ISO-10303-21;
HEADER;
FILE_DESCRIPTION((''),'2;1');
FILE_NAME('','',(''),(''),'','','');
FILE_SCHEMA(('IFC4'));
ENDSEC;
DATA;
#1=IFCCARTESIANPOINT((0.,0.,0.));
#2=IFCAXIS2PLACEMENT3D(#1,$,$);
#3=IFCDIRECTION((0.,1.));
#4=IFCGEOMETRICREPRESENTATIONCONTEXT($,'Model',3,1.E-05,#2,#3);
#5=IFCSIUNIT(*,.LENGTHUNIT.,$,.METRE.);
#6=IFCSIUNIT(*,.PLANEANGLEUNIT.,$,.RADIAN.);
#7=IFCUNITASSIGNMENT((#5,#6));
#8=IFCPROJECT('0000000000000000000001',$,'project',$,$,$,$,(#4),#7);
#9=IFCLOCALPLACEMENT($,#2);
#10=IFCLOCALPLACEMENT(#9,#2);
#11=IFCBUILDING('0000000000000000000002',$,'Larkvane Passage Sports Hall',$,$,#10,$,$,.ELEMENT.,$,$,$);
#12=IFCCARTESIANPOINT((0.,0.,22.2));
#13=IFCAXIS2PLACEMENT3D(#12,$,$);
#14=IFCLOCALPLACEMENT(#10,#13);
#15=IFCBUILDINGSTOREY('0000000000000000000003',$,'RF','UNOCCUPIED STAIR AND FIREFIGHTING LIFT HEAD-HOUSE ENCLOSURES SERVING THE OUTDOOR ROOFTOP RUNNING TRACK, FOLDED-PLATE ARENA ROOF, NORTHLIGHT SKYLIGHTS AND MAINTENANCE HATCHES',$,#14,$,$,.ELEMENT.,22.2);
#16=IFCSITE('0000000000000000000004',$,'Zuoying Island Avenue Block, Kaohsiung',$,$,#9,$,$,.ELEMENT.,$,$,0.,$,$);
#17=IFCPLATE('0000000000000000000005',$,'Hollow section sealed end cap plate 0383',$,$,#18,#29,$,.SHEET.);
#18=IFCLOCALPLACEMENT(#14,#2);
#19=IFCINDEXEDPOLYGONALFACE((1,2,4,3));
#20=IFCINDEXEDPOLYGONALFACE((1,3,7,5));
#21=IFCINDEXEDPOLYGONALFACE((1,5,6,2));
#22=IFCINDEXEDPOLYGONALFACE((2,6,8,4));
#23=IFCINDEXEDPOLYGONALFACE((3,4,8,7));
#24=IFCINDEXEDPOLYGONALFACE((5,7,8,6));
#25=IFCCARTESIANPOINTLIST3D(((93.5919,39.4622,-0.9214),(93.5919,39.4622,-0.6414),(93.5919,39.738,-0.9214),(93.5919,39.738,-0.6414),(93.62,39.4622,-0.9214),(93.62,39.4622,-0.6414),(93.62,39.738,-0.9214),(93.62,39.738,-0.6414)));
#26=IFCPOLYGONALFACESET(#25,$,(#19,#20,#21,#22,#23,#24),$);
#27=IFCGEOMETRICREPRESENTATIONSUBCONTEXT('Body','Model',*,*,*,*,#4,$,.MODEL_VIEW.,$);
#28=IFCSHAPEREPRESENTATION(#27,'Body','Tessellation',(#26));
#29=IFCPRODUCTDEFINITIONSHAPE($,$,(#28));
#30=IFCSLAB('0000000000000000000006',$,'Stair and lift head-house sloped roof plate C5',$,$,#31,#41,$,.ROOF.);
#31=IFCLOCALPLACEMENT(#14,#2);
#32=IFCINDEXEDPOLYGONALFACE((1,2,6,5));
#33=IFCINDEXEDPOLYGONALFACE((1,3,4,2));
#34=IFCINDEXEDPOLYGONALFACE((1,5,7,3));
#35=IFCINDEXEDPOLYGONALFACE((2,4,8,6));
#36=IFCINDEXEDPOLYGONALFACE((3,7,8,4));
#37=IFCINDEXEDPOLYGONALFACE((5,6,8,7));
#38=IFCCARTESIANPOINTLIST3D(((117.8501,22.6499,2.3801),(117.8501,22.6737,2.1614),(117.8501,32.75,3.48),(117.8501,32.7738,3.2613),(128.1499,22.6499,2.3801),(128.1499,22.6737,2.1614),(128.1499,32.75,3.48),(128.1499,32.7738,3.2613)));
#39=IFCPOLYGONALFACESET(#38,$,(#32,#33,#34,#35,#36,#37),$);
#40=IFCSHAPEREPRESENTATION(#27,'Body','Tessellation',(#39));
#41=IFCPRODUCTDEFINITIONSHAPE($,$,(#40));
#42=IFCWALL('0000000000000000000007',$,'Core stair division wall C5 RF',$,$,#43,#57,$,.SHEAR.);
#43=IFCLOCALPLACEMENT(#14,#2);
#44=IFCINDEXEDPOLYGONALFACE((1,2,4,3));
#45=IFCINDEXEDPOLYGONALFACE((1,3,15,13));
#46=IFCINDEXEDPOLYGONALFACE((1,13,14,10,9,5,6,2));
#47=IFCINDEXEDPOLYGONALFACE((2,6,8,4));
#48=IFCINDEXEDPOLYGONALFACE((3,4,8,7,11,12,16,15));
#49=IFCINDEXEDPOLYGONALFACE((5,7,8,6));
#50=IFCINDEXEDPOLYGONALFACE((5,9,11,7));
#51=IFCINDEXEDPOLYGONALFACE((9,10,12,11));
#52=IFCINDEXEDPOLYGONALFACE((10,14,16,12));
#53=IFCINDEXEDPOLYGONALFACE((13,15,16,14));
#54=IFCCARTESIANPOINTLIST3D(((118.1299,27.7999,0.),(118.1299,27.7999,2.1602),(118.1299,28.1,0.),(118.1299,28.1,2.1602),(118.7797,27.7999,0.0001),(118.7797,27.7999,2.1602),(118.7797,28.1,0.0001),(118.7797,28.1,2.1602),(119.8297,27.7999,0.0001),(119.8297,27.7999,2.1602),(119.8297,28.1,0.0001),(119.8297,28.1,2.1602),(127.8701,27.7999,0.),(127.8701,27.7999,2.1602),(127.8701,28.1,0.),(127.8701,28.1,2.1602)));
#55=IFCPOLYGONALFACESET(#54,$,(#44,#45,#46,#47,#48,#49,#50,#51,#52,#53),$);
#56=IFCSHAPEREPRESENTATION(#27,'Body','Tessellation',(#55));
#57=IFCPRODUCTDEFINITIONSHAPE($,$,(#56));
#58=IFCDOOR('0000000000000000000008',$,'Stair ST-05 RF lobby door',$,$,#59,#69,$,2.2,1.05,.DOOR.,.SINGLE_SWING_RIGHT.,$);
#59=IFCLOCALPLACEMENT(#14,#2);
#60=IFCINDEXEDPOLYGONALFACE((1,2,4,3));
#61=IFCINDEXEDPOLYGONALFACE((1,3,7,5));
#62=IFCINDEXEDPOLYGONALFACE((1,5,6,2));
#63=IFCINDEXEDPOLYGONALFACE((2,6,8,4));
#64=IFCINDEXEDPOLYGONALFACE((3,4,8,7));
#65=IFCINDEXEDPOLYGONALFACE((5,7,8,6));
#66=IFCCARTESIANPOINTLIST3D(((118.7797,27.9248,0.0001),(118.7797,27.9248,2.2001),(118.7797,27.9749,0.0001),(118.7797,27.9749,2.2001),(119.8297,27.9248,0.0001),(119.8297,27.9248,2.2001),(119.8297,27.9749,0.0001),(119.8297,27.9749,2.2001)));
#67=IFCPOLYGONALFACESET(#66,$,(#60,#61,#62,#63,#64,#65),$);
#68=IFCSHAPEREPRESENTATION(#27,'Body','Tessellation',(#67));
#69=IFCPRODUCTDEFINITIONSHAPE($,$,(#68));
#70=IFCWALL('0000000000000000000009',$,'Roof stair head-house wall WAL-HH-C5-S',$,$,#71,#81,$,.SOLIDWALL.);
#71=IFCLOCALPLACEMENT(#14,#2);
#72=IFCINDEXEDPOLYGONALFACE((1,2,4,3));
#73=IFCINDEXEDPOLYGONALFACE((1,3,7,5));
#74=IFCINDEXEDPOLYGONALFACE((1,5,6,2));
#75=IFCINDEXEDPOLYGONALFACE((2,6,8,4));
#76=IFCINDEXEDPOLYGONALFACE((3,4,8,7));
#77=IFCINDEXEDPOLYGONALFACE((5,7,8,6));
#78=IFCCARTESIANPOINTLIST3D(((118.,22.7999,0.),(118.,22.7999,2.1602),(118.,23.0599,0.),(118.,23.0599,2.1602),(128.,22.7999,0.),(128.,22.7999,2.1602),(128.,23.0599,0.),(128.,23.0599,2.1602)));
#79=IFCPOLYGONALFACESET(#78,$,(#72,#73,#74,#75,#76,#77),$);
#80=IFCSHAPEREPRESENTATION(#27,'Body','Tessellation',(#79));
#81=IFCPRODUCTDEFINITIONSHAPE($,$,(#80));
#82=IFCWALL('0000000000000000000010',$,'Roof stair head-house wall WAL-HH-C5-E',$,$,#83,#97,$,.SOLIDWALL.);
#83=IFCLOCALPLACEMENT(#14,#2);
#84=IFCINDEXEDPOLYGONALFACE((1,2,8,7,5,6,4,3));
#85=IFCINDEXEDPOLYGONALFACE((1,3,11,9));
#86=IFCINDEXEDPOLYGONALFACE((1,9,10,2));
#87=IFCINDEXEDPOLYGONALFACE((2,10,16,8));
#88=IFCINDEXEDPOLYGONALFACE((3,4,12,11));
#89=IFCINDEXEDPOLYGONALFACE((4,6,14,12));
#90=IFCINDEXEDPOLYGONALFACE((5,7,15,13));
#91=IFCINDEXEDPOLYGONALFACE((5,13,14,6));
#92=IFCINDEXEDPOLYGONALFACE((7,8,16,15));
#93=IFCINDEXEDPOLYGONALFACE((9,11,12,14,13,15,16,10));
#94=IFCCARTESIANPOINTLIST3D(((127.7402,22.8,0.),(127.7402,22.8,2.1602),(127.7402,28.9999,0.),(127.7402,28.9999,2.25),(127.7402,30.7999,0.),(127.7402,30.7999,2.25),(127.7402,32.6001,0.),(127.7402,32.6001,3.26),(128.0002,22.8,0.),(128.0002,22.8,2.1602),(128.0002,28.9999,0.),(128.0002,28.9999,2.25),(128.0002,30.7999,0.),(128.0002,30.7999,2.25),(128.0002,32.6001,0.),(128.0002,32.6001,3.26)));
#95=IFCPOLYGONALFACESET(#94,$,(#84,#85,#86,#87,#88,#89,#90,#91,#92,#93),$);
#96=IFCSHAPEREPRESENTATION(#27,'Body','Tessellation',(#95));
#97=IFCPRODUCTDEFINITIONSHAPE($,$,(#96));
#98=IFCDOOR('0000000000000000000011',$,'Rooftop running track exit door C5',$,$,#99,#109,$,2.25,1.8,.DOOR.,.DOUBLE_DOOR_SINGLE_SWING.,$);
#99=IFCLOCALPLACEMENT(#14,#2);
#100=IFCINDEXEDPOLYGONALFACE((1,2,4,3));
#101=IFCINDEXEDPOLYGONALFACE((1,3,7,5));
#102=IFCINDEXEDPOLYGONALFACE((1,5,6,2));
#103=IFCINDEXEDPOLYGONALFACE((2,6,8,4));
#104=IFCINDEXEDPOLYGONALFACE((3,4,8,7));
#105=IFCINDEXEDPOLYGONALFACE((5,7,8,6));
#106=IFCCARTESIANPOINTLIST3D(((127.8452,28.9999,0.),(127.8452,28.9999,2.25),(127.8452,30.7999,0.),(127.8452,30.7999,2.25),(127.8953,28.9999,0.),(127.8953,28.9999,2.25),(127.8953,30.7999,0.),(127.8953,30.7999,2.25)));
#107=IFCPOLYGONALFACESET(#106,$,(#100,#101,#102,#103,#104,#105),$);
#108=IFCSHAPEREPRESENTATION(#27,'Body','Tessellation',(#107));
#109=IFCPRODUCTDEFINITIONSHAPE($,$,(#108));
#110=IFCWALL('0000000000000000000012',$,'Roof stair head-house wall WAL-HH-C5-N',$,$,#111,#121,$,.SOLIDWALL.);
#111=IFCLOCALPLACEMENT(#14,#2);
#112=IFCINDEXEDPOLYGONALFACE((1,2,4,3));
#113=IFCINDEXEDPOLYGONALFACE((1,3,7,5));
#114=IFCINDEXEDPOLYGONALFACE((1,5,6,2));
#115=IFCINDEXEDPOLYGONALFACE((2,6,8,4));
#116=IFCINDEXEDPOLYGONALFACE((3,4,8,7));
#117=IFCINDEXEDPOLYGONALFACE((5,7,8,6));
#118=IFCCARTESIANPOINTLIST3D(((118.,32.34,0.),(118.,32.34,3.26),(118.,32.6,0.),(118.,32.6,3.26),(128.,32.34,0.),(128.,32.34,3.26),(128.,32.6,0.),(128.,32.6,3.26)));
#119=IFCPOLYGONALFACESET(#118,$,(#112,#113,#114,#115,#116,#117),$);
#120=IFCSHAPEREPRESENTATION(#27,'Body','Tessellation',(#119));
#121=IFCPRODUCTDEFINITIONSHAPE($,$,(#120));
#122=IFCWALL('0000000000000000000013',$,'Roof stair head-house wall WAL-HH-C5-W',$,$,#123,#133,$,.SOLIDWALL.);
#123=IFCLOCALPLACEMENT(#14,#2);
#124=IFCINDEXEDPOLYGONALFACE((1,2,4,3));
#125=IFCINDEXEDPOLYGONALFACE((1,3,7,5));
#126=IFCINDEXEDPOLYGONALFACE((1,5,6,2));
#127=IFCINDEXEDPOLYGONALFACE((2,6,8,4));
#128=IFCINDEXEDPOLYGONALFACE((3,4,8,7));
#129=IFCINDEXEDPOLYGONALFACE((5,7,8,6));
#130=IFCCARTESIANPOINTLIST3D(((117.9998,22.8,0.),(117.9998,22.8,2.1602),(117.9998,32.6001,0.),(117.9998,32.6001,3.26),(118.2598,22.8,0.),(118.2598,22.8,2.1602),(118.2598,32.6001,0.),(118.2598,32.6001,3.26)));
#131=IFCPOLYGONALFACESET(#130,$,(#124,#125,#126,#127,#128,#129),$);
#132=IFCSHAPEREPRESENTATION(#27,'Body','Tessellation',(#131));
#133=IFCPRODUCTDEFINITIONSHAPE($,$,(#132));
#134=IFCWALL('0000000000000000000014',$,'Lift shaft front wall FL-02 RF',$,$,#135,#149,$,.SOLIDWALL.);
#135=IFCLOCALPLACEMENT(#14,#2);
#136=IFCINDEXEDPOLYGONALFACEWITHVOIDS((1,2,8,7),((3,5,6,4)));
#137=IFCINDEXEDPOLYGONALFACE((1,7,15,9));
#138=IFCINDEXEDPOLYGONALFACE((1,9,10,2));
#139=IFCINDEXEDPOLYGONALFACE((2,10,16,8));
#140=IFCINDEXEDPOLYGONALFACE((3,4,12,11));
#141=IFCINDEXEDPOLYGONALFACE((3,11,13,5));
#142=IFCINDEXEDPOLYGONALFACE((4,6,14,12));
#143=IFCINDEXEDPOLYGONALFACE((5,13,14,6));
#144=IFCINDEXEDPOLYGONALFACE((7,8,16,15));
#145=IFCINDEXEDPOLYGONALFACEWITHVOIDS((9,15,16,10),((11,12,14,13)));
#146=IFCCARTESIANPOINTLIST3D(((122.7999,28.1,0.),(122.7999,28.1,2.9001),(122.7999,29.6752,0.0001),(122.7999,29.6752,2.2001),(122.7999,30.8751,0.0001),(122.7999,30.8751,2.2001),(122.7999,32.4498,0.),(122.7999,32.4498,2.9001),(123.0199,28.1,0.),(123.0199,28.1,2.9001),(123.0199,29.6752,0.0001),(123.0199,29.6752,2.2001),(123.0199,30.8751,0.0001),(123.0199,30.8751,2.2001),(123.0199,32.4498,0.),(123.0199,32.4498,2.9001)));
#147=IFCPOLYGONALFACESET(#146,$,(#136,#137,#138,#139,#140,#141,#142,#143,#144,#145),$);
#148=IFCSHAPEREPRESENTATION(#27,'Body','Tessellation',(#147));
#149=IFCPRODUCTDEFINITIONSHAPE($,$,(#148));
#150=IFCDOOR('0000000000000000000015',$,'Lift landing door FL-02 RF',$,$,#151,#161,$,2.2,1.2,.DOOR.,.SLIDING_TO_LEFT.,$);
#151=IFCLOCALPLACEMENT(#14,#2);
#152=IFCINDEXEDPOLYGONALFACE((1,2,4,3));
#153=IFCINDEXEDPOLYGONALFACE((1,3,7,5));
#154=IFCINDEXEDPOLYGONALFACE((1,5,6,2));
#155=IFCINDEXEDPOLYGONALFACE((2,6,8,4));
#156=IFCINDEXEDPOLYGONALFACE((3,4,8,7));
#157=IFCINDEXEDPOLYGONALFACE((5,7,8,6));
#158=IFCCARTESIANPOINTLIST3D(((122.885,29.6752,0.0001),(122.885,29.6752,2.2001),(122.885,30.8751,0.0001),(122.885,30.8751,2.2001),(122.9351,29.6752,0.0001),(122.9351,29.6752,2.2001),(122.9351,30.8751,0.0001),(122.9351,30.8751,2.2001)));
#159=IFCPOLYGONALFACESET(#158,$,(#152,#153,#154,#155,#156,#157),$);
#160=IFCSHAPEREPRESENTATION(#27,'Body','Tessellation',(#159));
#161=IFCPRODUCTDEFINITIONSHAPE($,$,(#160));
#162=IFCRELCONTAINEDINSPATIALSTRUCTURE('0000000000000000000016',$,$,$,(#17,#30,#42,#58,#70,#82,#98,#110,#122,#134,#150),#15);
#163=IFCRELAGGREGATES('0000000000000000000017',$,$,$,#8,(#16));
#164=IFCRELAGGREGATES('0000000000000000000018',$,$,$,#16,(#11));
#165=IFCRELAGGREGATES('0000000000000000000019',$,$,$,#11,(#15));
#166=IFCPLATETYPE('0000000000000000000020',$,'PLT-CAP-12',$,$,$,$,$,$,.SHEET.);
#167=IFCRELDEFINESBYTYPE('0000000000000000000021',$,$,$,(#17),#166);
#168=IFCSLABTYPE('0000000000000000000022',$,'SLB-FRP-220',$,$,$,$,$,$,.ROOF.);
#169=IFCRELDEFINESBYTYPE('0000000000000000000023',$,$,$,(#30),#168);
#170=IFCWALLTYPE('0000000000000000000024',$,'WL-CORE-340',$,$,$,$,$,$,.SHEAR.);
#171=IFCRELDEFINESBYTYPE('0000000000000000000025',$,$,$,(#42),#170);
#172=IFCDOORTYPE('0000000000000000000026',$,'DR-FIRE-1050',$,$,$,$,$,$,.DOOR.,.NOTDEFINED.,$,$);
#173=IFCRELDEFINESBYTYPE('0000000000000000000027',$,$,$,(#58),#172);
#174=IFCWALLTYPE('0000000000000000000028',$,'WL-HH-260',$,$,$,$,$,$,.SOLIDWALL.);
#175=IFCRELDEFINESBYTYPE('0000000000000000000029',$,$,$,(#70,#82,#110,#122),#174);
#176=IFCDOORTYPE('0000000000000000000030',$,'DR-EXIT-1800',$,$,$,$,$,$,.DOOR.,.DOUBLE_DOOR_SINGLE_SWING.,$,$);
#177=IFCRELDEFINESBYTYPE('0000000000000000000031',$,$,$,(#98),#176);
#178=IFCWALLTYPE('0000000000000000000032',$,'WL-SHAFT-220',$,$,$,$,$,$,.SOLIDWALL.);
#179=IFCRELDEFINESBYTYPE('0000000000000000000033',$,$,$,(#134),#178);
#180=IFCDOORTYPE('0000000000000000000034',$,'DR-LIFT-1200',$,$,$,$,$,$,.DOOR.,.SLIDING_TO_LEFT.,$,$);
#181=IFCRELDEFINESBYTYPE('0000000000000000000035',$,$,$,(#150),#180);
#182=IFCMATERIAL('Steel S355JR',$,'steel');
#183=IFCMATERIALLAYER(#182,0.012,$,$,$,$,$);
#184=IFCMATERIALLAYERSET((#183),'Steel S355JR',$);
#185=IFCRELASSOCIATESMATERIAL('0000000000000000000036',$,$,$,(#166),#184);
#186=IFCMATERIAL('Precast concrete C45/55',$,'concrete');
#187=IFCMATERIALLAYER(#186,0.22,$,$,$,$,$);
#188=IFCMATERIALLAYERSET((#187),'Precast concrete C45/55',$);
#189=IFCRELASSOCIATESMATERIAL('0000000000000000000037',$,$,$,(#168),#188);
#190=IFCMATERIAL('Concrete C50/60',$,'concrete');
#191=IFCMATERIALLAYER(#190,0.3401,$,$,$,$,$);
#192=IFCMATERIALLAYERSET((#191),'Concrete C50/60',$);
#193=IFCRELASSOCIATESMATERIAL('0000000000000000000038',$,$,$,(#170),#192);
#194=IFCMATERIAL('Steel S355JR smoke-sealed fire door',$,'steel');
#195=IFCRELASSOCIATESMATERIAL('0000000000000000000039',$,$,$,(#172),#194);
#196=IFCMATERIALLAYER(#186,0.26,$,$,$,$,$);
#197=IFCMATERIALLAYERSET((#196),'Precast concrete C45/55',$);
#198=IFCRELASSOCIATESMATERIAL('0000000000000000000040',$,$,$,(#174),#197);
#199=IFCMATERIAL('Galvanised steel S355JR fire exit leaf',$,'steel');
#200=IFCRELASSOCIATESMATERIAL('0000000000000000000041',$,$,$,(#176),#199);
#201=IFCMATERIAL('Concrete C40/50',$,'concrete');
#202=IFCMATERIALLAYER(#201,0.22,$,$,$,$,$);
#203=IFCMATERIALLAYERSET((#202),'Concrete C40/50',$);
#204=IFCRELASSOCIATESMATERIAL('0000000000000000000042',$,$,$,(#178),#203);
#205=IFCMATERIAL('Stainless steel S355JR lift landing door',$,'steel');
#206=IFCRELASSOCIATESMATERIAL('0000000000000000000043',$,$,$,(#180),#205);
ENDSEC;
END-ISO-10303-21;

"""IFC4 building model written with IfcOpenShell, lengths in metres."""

from ifc_helpers import new_model, si_unit, direction, frame, frame_2d, origin, origin_2d, place, context, subcontext, project, spatial, polyline, rectangle, outline, extrude, material, layer, layer_set, type_object, element, fill, save


model = new_model("IFC4")

# Units and contexts
model_context = context("Model", 3, precision=1e-05, world=origin(), true_north=direction((0.0, 1.0)))
body_context = subcontext(model_context, "Body", "Model", "MODEL_VIEW")
ifc_project = project(units=[si_unit("LENGTHUNIT", "METRE"), si_unit("PLANEANGLEUNIT", "RADIAN")], contexts=[model_context])

# Site, building, storey
site_placement = place(None, origin())
site = spatial("IfcSite", under=ifc_project, at=site_placement, Name="Zuoying Island Avenue Block, Kaohsiung", CompositionType="ELEMENT", RefElevation=0.0)
building_placement = place(site_placement, origin())
building = spatial("IfcBuilding", under=site, at=building_placement, Name="Larkvane Passage Sports Hall", CompositionType="ELEMENT")
storey_placement = place(building_placement, frame((0.0, 0.0, 22.2)))
storey = spatial("IfcBuildingStorey", under=building, at=storey_placement, Name="RF", Description="UNOCCUPIED STAIR AND FIREFIGHTING LIFT HEAD-HOUSE ENCLOSURES SERVING THE OUTDOOR ROOFTOP RUNNING TRACK, FOLDED-PLATE ARENA ROOF, NORTHLIGHT SKYLIGHTS AND MAINTENANCE HATCHES", CompositionType="ELEMENT", Elevation=22.2)

# Shared definitions
ifc_material_1 = material(Name="Steel S355JR", Category="steel")

# Plate
ifc_layer_1 = layer(ifc_material_1, 0.012)
ifc_layer_set_1 = layer_set([ifc_layer_1], Name="Steel S355JR")
plate_type = type_object("IfcPlateType", Name="PLT-CAP-12", PredefinedType="SHEET", material=ifc_layer_set_1)
plate_placement = place(storey_placement, frame((93.606, 39.6001, -0.9214), z_axis=(0.0, 0.0, 1.0), x_axis=(0.0, 1.0, 0.0)))
element("IfcPlate", 1, at=plate_placement, inside=storey, type_object=plate_type, Name="Hollow section sealed end cap plate 0383", PredefinedType="SHEET", context=body_context, shape_type="SweptSolid", body=[
    extrude(rectangle(XDim=0.2759, YDim=0.0281, at=origin_2d()), origin(), (0.0, 0.0, 1.0), 0.28),
])

# Slab
ifc_material_2 = material(Name="Precast concrete C45/55", Category="concrete")
ifc_layer_2 = layer(ifc_material_2, 0.22)
ifc_layer_set_2 = layer_set([ifc_layer_2], Name="Precast concrete C45/55")
slab_type = type_object("IfcSlabType", Name="SLB-FRP-220", PredefinedType="ROOF", material=ifc_layer_set_2)
slab_placement = place(storey_placement, frame((117.8501, 22.6499, 2.3801), z_axis=(0.0, -0.108255, 0.994123), x_axis=(1.0, 0.0, 0.0)))
element("IfcSlab", 2, at=slab_placement, inside=storey, type_object=slab_type, Name="Stair and lift head-house sloped roof plate C5", PredefinedType="ROOF", context=body_context, shape_type="SweptSolid", body=[
    extrude(outline(polyline([(0.0, 0.0), (10.2998, 0.0), (10.2998, 10.1598), (0.0, 10.1598), (0.0, 0.0)])), origin(), (0.0, 0.0, -1.0), 0.22),
])

# Wall, opening, door
ifc_material_3 = material(Name="Concrete C50/60", Category="concrete")
ifc_layer_3 = layer(ifc_material_3, 0.3401)
ifc_layer_set_3 = layer_set([ifc_layer_3], Name="Concrete C50/60")
wall_type_1 = type_object("IfcWallType", Name="WL-CORE-340", PredefinedType="SHEAR", material=ifc_layer_set_3)
wall_1_placement = place(storey_placement, frame((118.1299, 27.95, 0.0), z_axis=(0.0, 0.0, 1.0), x_axis=(1.0, 0.0, 0.0)))
wall_1 = element("IfcWall", 3, at=wall_1_placement, inside=storey, type_object=wall_type_1, Name="Core stair division wall C5 RF", PredefinedType="SHEAR", context=body_context, shape_type="SweptSolid", body=[
    extrude(rectangle(XDim=9.7402, YDim=0.3, at=frame_2d((4.8701, 0.0))), origin(), (0.0, 0.0, 1.0), 2.1602),
])
opening_1_placement = place(wall_1_placement, frame((0.6499, 0.0, 0.0)))
opening_1 = element("IfcOpeningElement", 4, at=opening_1_placement, cuts=wall_1, PredefinedType="OPENING", context=body_context, shape_type="SweptSolid", body=[
    extrude(rectangle(XDim=1.05, YDim=2.2, at=frame_2d((0.5249, 1.1001))), frame((0.0, 0.1599, 0.0), z_axis=(0.0, -1.0, 0.0), x_axis=(1.0, 0.0, 0.0)), (0.0, 0.0, 1.0), 0.3201),
])
ifc_material_4 = material(Name="Steel S355JR smoke-sealed fire door", Category="steel")
door_type_1 = type_object("IfcDoorType", Name="DR-FIRE-1050", OperationType="NOTDEFINED", PredefinedType="DOOR", material=ifc_material_4)
door_1_placement = place(opening_1_placement, origin())
door_1 = element("IfcDoor", 5, at=door_1_placement, inside=storey, type_object=door_type_1, Name="Stair ST-05 RF lobby door", OperationType="SINGLE_SWING_RIGHT", OverallHeight=2.2, OverallWidth=1.05, PredefinedType="DOOR", context=body_context, shape_type="SweptSolid", body=[
    extrude(rectangle(XDim=1.05, YDim=2.2, at=frame_2d((0.5249, 1.1001))), frame((0.0, 0.0249, 0.0), z_axis=(0.0, -1.0, 0.0), x_axis=(1.0, 0.0, 0.0)), (0.0, 0.0, 1.0), 0.05),
])
fill(opening_1, door_1)

# Wall
ifc_layer_4 = layer(ifc_material_2, 0.26)
ifc_layer_set_4 = layer_set([ifc_layer_4], Name="Precast concrete C45/55")
wall_type_2 = type_object("IfcWallType", Name="WL-HH-260", PredefinedType="SOLIDWALL", material=ifc_layer_set_4)
wall_2_placement = place(storey_placement, frame((118.0, 22.9299, 0.0), z_axis=(0.0, 0.0, 1.0), x_axis=(1.0, 0.0, 0.0)))
element("IfcWall", 6, at=wall_2_placement, inside=storey, type_object=wall_type_2, Name="Roof stair head-house wall WAL-HH-C5-S", PredefinedType="SOLIDWALL", context=body_context, shape_type="SweptSolid", body=[
    extrude(rectangle(XDim=10.0, YDim=0.26, at=frame_2d((5.0, 0.0))), origin(), (0.0, 0.0, 1.0), 2.1602),
])

# Wall, opening, door
wall_3_placement = place(storey_placement, frame((127.8701, 22.8, 0.0), z_axis=(0.0, 0.0, 1.0), x_axis=(0.0, 1.0, 0.0)))
wall_3 = element("IfcWall", 7, at=wall_3_placement, inside=storey, type_object=wall_type_2, Name="Roof stair head-house wall WAL-HH-C5-E", PredefinedType="SOLIDWALL", context=body_context, shape_type="SweptSolid", body=[
    extrude(outline(polyline([(0.0, 0.0), (9.8, 0.0), (9.8, 3.26), (0.0, 2.1602), (0.0, 0.0)])), frame((0.0, 0.1299, 0.0), z_axis=(0.0, -1.0, 0.0), x_axis=(1.0, 0.0, 0.0)), (0.0, 0.0, 1.0), 0.26),
])
opening_2_placement = place(wall_3_placement, frame((6.2, 0.0, 0.0)))
opening_2 = element("IfcOpeningElement", 8, at=opening_2_placement, cuts=wall_3, PredefinedType="OPENING", context=body_context, shape_type="SweptSolid", body=[
    extrude(rectangle(XDim=1.8, YDim=2.25, at=frame_2d((0.8999, 1.125))), frame((0.0, 0.1399, 0.0), z_axis=(0.0, -1.0, 0.0), x_axis=(1.0, 0.0, 0.0)), (0.0, 0.0, 1.0), 0.28),
])
ifc_material_5 = material(Name="Galvanised steel S355JR fire exit leaf", Category="steel")
door_type_2 = type_object("IfcDoorType", Name="DR-EXIT-1800", OperationType="DOUBLE_DOOR_SINGLE_SWING", PredefinedType="DOOR", material=ifc_material_5)
door_2_placement = place(opening_2_placement, origin())
door_2 = element("IfcDoor", 9, at=door_2_placement, inside=storey, type_object=door_type_2, Name="Rooftop running track exit door C5", OperationType="DOUBLE_DOOR_SINGLE_SWING", OverallHeight=2.25, OverallWidth=1.8, PredefinedType="DOOR", context=body_context, shape_type="SweptSolid", body=[
    extrude(rectangle(XDim=1.8, YDim=2.25, at=frame_2d((0.8999, 1.125))), frame((0.0, 0.0249, 0.0), z_axis=(0.0, -1.0, 0.0), x_axis=(1.0, 0.0, 0.0)), (0.0, 0.0, 1.0), 0.05),
])
fill(opening_2, door_2)

# Walls
wall_4_placement = place(storey_placement, frame((128.0, 32.47, 0.0), z_axis=(0.0, 0.0, 1.0), x_axis=(-1.0, 0.0, 0.0)))
element("IfcWall", 10, at=wall_4_placement, inside=storey, type_object=wall_type_2, Name="Roof stair head-house wall WAL-HH-C5-N", PredefinedType="SOLIDWALL", context=body_context, shape_type="SweptSolid", body=[
    extrude(rectangle(XDim=10.0, YDim=0.26, at=frame_2d((5.0, 0.0))), origin(), (0.0, 0.0, 1.0), 3.26),
])
wall_5_placement = place(storey_placement, frame((118.1299, 32.6001, 0.0), z_axis=(0.0, 0.0, 1.0), x_axis=(0.0, -1.0, 0.0)))
element("IfcWall", 11, at=wall_5_placement, inside=storey, type_object=wall_type_2, Name="Roof stair head-house wall WAL-HH-C5-W", PredefinedType="SOLIDWALL", context=body_context, shape_type="SweptSolid", body=[
    extrude(outline(polyline([(0.0, 0.0), (9.8, 0.0), (9.8, 2.1602), (0.0, 3.26), (0.0, 0.0)])), frame((0.0, 0.1299, 0.0), z_axis=(0.0, -1.0, 0.0), x_axis=(1.0, 0.0, 0.0)), (0.0, 0.0, 1.0), 0.26),
])

# Wall, opening, door
ifc_material_6 = material(Name="Concrete C40/50", Category="concrete")
ifc_layer_5 = layer(ifc_material_6, 0.22)
ifc_layer_set_5 = layer_set([ifc_layer_5], Name="Concrete C40/50")
wall_type_3 = type_object("IfcWallType", Name="WL-SHAFT-220", PredefinedType="SOLIDWALL", material=ifc_layer_set_5)
wall_6_placement = place(storey_placement, frame((122.9099, 28.1001, 0.0), z_axis=(0.0, 0.0, 1.0), x_axis=(0.0, 1.0, 0.0)))
wall_6 = element("IfcWall", 12, at=wall_6_placement, inside=storey, type_object=wall_type_3, Name="Lift shaft front wall FL-02 RF", PredefinedType="SOLIDWALL", context=body_context, shape_type="SweptSolid", body=[
    extrude(rectangle(XDim=4.3499, YDim=0.22, at=frame_2d((2.1748, 0.0))), origin(), (0.0, 0.0, 1.0), 2.9001),
])
opening_3_placement = place(wall_6_placement, frame((1.575, 0.0, 0.0)))
opening_3 = element("IfcOpeningElement", 13, at=opening_3_placement, cuts=wall_6, PredefinedType="OPENING", context=body_context, shape_type="SweptSolid", body=[
    extrude(rectangle(XDim=1.2, YDim=2.2, at=frame_2d((0.6001, 1.1001))), frame((0.0, 0.1199, 0.0), z_axis=(0.0, -1.0, 0.0), x_axis=(1.0, 0.0, 0.0)), (0.0, 0.0, 1.0), 0.24),
])
ifc_material_7 = material(Name="Stainless steel S355JR lift landing door", Category="steel")
door_type_3 = type_object("IfcDoorType", Name="DR-LIFT-1200", OperationType="SLIDING_TO_LEFT", PredefinedType="DOOR", material=ifc_material_7)
door_3_placement = place(opening_3_placement, origin())
door_3 = element("IfcDoor", 14, at=door_3_placement, inside=storey, type_object=door_type_3, Name="Lift landing door FL-02 RF", OperationType="SLIDING_TO_LEFT", OverallHeight=2.2, OverallWidth=1.2, PredefinedType="DOOR", context=body_context, shape_type="SweptSolid", body=[
    extrude(rectangle(XDim=1.2, YDim=2.2, at=frame_2d((0.6001, 1.1001))), frame((0.0, 0.0249, 0.0), z_axis=(0.0, -1.0, 0.0), x_axis=(1.0, 0.0, 0.0)), (0.0, 0.0, 1.0), 0.05),
])
fill(opening_3, door_3)

save(model, "model.ifc")
